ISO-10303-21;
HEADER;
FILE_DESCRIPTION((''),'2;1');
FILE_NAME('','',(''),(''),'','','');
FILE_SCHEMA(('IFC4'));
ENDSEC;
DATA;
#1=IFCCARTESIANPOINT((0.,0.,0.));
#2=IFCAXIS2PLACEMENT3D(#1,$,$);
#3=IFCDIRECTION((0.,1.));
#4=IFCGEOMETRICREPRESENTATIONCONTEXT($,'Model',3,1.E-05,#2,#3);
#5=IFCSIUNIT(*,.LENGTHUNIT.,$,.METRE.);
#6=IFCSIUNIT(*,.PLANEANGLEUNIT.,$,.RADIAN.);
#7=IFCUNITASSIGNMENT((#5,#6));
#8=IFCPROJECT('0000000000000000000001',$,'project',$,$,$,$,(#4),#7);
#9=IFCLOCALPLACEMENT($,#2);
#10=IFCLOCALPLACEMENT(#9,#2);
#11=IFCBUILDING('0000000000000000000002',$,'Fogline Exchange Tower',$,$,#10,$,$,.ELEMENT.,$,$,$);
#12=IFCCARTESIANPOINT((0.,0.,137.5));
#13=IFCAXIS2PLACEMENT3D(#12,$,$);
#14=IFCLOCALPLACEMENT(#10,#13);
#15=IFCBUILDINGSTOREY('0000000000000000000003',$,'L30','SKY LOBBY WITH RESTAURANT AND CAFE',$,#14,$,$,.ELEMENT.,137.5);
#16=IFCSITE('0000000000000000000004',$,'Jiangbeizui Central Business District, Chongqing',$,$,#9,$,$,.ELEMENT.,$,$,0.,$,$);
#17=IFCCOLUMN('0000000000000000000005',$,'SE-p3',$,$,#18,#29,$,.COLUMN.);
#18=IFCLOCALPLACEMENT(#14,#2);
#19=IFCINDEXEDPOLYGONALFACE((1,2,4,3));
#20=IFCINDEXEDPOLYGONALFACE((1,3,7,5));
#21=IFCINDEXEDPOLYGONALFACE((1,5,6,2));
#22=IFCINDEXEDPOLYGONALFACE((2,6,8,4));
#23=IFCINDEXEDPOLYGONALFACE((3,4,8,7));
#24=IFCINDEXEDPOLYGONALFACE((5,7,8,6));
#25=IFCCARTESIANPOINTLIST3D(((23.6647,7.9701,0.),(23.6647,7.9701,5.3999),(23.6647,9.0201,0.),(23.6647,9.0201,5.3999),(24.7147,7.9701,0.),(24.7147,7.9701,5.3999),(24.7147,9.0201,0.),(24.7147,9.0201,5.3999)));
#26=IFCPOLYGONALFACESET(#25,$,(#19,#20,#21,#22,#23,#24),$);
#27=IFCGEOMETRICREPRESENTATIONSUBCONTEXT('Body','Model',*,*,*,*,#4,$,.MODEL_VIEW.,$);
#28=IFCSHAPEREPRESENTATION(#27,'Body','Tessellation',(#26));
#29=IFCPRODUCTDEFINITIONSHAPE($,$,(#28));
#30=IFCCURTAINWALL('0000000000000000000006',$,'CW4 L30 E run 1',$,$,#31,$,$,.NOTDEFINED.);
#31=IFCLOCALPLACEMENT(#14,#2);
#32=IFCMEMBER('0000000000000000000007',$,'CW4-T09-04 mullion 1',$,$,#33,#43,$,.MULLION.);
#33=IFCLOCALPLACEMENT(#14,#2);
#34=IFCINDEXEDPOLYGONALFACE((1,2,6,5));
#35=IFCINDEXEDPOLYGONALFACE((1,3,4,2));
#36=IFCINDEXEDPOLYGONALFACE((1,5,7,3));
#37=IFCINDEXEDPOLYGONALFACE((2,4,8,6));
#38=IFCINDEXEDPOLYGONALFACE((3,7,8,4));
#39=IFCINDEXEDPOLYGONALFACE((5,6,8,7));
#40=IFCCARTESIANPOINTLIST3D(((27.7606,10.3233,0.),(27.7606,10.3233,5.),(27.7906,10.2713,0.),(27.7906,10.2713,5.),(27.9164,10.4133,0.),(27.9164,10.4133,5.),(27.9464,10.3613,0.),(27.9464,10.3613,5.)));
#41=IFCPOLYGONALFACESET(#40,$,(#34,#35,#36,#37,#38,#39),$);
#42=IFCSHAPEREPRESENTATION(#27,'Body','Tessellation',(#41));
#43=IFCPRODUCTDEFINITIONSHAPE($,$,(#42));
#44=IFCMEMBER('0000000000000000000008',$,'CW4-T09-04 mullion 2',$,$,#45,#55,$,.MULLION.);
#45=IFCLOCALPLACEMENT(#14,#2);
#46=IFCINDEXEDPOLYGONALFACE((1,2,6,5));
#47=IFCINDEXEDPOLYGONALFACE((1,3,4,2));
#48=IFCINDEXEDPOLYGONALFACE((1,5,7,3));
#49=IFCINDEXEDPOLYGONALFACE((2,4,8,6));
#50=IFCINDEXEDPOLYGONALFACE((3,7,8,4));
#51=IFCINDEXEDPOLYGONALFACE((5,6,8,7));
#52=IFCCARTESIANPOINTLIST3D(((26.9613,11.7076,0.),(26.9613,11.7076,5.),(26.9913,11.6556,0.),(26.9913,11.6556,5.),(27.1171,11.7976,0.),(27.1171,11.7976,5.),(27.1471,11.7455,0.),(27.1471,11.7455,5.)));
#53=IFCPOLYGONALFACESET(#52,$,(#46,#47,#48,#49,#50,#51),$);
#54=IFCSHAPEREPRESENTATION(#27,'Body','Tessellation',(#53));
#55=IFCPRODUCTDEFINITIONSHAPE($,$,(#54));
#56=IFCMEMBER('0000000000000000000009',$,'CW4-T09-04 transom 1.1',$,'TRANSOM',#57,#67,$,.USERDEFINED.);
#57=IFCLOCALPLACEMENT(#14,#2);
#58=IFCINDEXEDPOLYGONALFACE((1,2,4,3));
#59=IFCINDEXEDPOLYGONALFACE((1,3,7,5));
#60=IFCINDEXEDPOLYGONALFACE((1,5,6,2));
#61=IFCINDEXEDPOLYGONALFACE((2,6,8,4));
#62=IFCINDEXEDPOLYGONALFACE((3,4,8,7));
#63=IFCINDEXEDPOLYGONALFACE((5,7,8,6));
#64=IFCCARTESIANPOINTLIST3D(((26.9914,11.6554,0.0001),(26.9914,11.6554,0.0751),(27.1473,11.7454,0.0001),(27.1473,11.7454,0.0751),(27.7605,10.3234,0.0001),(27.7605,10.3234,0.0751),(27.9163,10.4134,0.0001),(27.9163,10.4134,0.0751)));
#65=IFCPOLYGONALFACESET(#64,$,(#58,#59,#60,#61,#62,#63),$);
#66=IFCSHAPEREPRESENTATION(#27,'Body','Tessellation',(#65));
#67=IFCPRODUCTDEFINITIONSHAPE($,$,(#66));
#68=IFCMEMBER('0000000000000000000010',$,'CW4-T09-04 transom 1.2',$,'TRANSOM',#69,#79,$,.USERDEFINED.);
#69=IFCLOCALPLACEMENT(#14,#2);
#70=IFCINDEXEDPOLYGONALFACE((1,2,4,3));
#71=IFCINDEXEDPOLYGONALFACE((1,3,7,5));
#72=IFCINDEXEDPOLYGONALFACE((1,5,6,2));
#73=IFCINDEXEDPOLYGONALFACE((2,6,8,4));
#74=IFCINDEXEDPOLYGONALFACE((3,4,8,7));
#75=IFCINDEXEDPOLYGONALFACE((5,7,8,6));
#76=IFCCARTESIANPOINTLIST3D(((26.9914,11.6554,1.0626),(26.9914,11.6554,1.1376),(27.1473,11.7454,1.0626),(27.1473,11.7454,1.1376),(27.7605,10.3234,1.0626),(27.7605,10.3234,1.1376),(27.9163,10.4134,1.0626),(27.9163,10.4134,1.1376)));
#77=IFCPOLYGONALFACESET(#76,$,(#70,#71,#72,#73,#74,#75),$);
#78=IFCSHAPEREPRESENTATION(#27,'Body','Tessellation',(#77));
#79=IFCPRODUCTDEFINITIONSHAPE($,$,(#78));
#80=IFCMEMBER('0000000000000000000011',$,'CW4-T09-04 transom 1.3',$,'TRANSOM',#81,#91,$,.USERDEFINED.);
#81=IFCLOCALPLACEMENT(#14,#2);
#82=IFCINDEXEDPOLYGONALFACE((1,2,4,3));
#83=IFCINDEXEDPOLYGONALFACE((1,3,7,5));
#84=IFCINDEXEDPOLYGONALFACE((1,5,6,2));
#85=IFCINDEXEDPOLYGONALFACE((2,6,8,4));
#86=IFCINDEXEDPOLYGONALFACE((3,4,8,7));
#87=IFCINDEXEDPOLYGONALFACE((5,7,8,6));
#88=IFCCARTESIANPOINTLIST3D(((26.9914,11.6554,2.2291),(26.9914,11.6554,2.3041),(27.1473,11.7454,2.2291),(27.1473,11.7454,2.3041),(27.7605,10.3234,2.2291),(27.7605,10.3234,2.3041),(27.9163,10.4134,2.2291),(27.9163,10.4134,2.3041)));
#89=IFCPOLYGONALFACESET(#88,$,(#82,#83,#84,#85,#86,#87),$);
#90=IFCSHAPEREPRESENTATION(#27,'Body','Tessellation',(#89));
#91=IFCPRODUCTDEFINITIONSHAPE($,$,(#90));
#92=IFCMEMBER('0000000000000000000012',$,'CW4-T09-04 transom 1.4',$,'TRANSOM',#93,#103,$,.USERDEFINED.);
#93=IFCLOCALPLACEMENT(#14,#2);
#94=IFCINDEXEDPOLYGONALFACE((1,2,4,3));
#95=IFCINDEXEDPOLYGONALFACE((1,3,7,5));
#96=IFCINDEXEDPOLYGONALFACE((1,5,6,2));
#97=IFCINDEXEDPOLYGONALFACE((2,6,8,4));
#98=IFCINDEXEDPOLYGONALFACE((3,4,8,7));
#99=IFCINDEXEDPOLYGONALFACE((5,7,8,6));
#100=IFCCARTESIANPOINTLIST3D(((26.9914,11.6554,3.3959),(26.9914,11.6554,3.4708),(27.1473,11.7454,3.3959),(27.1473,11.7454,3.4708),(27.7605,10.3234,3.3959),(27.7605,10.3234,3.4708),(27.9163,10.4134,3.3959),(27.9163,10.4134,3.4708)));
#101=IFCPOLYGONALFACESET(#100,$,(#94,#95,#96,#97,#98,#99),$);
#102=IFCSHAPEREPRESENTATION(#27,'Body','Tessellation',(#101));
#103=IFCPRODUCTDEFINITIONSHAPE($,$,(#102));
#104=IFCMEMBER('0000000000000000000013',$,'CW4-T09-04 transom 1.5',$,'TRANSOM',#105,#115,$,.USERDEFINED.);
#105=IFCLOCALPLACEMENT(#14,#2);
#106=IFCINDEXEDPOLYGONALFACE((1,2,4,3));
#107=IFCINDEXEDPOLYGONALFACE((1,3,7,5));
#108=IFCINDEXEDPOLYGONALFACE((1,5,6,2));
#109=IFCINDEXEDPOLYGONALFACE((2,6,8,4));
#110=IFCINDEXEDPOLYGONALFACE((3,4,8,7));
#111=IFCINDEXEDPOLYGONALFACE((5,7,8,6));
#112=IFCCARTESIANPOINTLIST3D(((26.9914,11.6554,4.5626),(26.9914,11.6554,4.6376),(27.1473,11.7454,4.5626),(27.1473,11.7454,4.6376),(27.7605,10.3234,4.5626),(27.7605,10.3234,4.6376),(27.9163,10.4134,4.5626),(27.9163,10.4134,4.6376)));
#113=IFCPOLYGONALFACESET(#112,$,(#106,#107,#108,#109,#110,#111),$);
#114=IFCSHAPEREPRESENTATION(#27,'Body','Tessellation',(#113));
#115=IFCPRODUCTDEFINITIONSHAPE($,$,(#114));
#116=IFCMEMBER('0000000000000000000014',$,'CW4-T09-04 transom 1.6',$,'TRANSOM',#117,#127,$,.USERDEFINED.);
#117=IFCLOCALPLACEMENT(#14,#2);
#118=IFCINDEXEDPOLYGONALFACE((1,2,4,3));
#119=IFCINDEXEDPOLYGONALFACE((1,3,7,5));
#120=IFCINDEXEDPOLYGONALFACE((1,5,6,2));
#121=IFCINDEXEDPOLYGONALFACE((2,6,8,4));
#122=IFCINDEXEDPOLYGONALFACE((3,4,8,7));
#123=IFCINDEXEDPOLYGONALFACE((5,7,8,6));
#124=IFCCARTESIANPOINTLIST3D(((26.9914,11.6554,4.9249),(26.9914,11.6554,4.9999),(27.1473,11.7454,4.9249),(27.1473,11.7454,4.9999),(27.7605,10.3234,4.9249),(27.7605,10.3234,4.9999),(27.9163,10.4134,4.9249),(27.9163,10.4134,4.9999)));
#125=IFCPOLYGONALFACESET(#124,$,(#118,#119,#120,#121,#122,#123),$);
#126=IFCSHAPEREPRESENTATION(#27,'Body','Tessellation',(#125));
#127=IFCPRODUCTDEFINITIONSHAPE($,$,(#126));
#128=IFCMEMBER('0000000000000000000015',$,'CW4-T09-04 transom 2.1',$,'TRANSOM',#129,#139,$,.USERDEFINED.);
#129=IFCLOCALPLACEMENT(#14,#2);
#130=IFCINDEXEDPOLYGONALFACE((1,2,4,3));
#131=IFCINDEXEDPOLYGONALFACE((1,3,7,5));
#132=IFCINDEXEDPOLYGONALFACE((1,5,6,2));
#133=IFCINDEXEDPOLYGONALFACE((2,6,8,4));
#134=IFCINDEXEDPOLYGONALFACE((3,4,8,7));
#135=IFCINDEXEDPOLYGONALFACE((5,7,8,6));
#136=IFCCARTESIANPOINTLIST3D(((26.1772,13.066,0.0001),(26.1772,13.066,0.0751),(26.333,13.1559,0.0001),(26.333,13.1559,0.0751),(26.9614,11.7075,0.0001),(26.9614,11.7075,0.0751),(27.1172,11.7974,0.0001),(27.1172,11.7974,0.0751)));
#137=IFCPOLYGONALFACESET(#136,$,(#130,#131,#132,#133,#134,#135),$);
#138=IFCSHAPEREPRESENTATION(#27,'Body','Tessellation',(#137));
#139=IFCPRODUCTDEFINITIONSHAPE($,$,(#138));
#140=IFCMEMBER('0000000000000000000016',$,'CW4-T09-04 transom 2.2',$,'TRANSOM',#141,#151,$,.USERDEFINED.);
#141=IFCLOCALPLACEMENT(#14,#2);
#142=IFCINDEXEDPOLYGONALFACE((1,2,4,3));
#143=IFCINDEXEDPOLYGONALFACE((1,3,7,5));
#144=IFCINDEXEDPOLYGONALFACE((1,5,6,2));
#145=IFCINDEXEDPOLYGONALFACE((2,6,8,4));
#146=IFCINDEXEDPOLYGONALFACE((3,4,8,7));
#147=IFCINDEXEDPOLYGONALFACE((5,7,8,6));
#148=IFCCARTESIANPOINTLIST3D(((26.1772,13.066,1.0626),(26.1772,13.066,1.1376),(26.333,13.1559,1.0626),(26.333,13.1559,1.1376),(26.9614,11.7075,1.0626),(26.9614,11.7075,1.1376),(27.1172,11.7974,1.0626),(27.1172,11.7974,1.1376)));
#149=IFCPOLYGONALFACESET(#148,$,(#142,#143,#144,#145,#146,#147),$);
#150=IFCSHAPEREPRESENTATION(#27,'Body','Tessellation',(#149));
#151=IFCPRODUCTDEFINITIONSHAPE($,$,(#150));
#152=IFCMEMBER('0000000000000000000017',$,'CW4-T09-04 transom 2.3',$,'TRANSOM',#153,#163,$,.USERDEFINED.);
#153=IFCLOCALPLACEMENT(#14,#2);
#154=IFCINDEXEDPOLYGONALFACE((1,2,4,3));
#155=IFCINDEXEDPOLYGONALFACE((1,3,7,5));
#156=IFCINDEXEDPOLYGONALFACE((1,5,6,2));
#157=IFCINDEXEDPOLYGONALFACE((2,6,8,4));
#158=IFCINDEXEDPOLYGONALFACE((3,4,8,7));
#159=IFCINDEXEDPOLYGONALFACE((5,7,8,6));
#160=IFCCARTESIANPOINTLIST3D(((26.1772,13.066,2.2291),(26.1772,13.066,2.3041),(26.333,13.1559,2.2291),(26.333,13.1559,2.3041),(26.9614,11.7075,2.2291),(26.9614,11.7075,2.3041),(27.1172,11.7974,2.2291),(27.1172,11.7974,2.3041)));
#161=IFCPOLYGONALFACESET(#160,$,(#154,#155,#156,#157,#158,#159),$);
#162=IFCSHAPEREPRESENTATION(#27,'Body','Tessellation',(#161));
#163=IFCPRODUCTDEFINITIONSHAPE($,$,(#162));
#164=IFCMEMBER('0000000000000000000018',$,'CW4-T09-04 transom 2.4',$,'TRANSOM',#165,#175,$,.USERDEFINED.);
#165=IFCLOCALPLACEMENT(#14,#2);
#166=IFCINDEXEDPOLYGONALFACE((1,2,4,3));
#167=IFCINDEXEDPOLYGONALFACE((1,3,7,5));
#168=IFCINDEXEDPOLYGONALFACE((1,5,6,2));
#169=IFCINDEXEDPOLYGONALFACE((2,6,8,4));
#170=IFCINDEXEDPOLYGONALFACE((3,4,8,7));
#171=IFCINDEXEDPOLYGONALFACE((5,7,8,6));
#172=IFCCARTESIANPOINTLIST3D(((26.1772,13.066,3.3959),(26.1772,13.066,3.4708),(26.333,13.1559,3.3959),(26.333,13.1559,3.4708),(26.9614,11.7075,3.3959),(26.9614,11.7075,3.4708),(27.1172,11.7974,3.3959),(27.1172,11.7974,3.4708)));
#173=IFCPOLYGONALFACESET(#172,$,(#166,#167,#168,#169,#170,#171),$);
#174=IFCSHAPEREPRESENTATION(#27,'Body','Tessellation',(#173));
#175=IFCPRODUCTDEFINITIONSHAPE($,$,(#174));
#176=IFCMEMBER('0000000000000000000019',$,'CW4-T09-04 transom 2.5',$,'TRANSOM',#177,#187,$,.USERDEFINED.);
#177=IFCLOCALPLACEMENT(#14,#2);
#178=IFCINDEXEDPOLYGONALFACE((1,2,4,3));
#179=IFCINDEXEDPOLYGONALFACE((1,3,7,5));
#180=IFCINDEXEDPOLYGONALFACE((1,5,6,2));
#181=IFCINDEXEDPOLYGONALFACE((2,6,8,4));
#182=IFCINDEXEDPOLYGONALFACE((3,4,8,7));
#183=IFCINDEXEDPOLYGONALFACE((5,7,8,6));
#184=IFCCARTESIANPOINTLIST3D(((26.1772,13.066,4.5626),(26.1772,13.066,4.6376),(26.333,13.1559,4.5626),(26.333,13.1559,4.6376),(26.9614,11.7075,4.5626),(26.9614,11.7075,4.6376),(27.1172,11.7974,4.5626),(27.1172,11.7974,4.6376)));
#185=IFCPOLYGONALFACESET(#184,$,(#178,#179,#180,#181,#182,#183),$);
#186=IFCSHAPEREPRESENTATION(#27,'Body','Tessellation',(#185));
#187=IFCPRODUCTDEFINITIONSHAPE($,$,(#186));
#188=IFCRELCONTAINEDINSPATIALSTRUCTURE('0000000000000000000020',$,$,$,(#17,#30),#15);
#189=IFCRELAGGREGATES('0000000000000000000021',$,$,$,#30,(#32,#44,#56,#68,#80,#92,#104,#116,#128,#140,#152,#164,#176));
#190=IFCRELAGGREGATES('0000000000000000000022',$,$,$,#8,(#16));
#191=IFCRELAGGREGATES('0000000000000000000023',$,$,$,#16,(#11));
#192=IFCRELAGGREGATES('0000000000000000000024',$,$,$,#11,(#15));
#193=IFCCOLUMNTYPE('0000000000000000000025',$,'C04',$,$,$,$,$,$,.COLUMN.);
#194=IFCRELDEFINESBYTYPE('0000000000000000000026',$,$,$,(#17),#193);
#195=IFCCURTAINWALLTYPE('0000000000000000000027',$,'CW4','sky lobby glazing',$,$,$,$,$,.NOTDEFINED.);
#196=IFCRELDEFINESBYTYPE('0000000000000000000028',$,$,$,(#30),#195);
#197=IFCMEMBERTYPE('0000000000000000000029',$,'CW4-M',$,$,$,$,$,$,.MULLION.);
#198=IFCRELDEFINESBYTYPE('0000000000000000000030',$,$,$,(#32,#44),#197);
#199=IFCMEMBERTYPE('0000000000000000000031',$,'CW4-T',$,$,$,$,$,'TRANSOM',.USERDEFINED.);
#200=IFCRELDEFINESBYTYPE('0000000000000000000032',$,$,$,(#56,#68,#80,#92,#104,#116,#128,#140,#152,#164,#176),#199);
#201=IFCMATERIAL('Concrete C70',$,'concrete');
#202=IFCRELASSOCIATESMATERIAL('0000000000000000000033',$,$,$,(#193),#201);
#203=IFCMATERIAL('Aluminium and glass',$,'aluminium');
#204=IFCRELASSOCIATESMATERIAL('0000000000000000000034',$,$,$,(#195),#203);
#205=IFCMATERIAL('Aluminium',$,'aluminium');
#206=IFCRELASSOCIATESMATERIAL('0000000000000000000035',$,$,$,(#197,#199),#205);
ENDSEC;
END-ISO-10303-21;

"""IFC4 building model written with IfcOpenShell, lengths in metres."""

from ifc_helpers import new_model, si_unit, direction, frame, origin, origin_2d, place, context, subcontext, project, spatial, rectangle, extrude, material, material_profile, profile_set, type_object, element, aggregate, save


model = new_model("IFC4")

# Units and contexts
model_context = context("Model", 3, precision=1e-05, world=origin(), true_north=direction((0.0, 1.0)))
body_context = subcontext(model_context, "Body", "Model", "MODEL_VIEW")
ifc_project = project(units=[si_unit("LENGTHUNIT", "METRE"), si_unit("PLANEANGLEUNIT", "RADIAN")], contexts=[model_context])

# Site, building, storey
site_placement = place(None, origin())
site = spatial("IfcSite", under=ifc_project, at=site_placement, Name="Jiangbeizui Central Business District, Chongqing", CompositionType="ELEMENT", RefElevation=0.0)
building_placement = place(site_placement, origin())
building = spatial("IfcBuilding", under=site, at=building_placement, Name="Fogline Exchange Tower", CompositionType="ELEMENT")
storey_placement = place(building_placement, frame((0.0, 0.0, 137.5)))
storey = spatial("IfcBuildingStorey", under=building, at=storey_placement, Name="L30", Description="SKY LOBBY WITH RESTAURANT AND CAFE", CompositionType="ELEMENT", Elevation=137.5)

# Column
ifc_material_1 = material(Name="Concrete C70", Category="concrete")
ifc_material_profile_1 = material_profile(ifc_material_1, rectangle(XDim=1.05, YDim=1.05, at=origin_2d()), Name="RC 1050x1050")
ifc_profile_set_1 = profile_set([ifc_material_profile_1], Name="Concrete C70")
column_type = type_object("IfcColumnType", Name="C04", PredefinedType="COLUMN", material=ifc_profile_set_1)
column_placement = place(storey_placement, frame((24.1897, 8.4951, 0.0), z_axis=(0.0, 0.0, 1.0), x_axis=(1.0, 0.0, 0.0)))
element("IfcColumn", 1, at=column_placement, inside=storey, type_object=column_type, Name="SE-p3", PredefinedType="COLUMN", context=body_context, shape_type="SweptSolid", body=[
    extrude(rectangle(XDim=1.05, YDim=1.05, at=origin_2d()), origin(), (0.0, 0.0, 1.0), 5.3999),
])

# Curtain wall, members
ifc_material_2 = material(Name="Aluminium and glass", Category="aluminium")
curtain_wall_type = type_object("IfcCurtainWallType", Name="CW4", Description="sky lobby glazing", PredefinedType="NOTDEFINED", material=ifc_material_2)
curtain_wall_placement = place(storey_placement, origin())
curtain_wall = element("IfcCurtainWall", 2, at=curtain_wall_placement, inside=storey, type_object=curtain_wall_type, Name="CW4 L30 E run 1", PredefinedType="NOTDEFINED")
ifc_material_3 = material(Name="Aluminium", Category="aluminium")
ifc_material_profile_2 = material_profile(ifc_material_3, rectangle(XDim=0.1799, YDim=0.0601, at=origin_2d()), Name="Mullion 60x180")
ifc_profile_set_2 = profile_set([ifc_material_profile_2], Name="Aluminium")
member_type_1 = type_object("IfcMemberType", Name="CW4-M", PredefinedType="MULLION", material=ifc_profile_set_2)
member_1_placement = place(storey_placement, frame((27.8535, 10.3423, 0.0), z_axis=(0.0, 0.0, 1.0), x_axis=(-0.866026, -0.499999, 0.0)))
member_1 = element("IfcMember", 3, at=member_1_placement, type_object=member_type_1, Name="CW4-T09-04 mullion 1", PredefinedType="MULLION", context=body_context, shape_type="SweptSolid", body=[
    extrude(rectangle(XDim=0.1799, YDim=0.0601, at=origin_2d()), origin(), (0.0, 0.0, 1.0), 5.0),
])
member_2_placement = place(storey_placement, frame((27.0542, 11.7266, 0.0), z_axis=(0.0, 0.0, 1.0), x_axis=(-0.866026, -0.499999, 0.0)))
member_2 = element("IfcMember", 4, at=member_2_placement, type_object=member_type_1, Name="CW4-T09-04 mullion 2", PredefinedType="MULLION", context=body_context, shape_type="SweptSolid", body=[
    extrude(rectangle(XDim=0.1799, YDim=0.0601, at=origin_2d()), origin(), (0.0, 0.0, 1.0), 5.0),
])
ifc_material_profile_3 = material_profile(ifc_material_3, rectangle(XDim=0.1799, YDim=0.075, at=origin_2d()), Name="Transom 75x180")
ifc_profile_set_3 = profile_set([ifc_material_profile_3], Name="Aluminium")
member_type_2 = type_object("IfcMemberType", Name="CW4-T", ElementType="TRANSOM", PredefinedType="USERDEFINED", material=ifc_profile_set_3)
member_3_placement = place(storey_placement, frame((27.8384, 10.3684, 0.0376), z_axis=(-0.499997, 0.866027, 0.0), x_axis=(-0.866027, -0.499997, 0.0)))
member_3 = element("IfcMember", 5, at=member_3_placement, type_object=member_type_2, Name="CW4-T09-04 transom 1.1", ObjectType="TRANSOM", PredefinedType="USERDEFINED", context=body_context, shape_type="SweptSolid", body=[
    extrude(rectangle(XDim=0.1799, YDim=0.075, at=origin_2d()), origin(), (0.0, 0.0, 1.0), 1.5381),
])
member_4_placement = place(storey_placement, frame((27.8384, 10.3684, 1.1001), z_axis=(-0.499997, 0.866027, 0.0), x_axis=(-0.866027, -0.499997, 0.0)))
member_4 = element("IfcMember", 6, at=member_4_placement, type_object=member_type_2, Name="CW4-T09-04 transom 1.2", ObjectType="TRANSOM", PredefinedType="USERDEFINED", context=body_context, shape_type="SweptSolid", body=[
    extrude(rectangle(XDim=0.1799, YDim=0.075, at=origin_2d()), origin(), (0.0, 0.0, 1.0), 1.5381),
])
member_5_placement = place(storey_placement, frame((27.8384, 10.3684, 2.2666), z_axis=(-0.499997, 0.866027, 0.0), x_axis=(-0.866027, -0.499997, 0.0)))
member_5 = element("IfcMember", 7, at=member_5_placement, type_object=member_type_2, Name="CW4-T09-04 transom 1.3", ObjectType="TRANSOM", PredefinedType="USERDEFINED", context=body_context, shape_type="SweptSolid", body=[
    extrude(rectangle(XDim=0.1799, YDim=0.075, at=origin_2d()), origin(), (0.0, 0.0, 1.0), 1.5381),
])
member_6_placement = place(storey_placement, frame((27.8384, 10.3684, 3.4333), z_axis=(-0.499997, 0.866027, 0.0), x_axis=(-0.866027, -0.499997, 0.0)))
member_6 = element("IfcMember", 8, at=member_6_placement, type_object=member_type_2, Name="CW4-T09-04 transom 1.4", ObjectType="TRANSOM", PredefinedType="USERDEFINED", context=body_context, shape_type="SweptSolid", body=[
    extrude(rectangle(XDim=0.1799, YDim=0.075, at=origin_2d()), origin(), (0.0, 0.0, 1.0), 1.5381),
])
member_7_placement = place(storey_placement, frame((27.8384, 10.3684, 4.6001), z_axis=(-0.499997, 0.866027, 0.0), x_axis=(-0.866027, -0.499997, 0.0)))
member_7 = element("IfcMember", 9, at=member_7_placement, type_object=member_type_2, Name="CW4-T09-04 transom 1.5", ObjectType="TRANSOM", PredefinedType="USERDEFINED", context=body_context, shape_type="SweptSolid", body=[
    extrude(rectangle(XDim=0.1799, YDim=0.075, at=origin_2d()), origin(), (0.0, 0.0, 1.0), 1.5381),
])
member_8_placement = place(storey_placement, frame((27.8384, 10.3684, 4.9624), z_axis=(-0.499997, 0.866027, 0.0), x_axis=(-0.866027, -0.499997, 0.0)))
member_8 = element("IfcMember", 10, at=member_8_placement, type_object=member_type_2, Name="CW4-T09-04 transom 1.6", ObjectType="TRANSOM", PredefinedType="USERDEFINED", context=body_context, shape_type="SweptSolid", body=[
    extrude(rectangle(XDim=0.1799, YDim=0.075, at=origin_2d()), origin(), (0.0, 0.0, 1.0), 1.5381),
])
member_9_placement = place(storey_placement, frame((27.0393, 11.7524, 0.0376), z_axis=(-0.499956, 0.866051, 0.0), x_axis=(-0.866051, -0.499956, 0.0)))
member_9 = element("IfcMember", 11, at=member_9_placement, type_object=member_type_2, Name="CW4-T09-04 transom 2.1", ObjectType="TRANSOM", PredefinedType="USERDEFINED", context=body_context, shape_type="SweptSolid", body=[
    extrude(rectangle(XDim=0.1799, YDim=0.075, at=origin_2d()), origin(), (0.0, 0.0, 1.0), 1.5686),
])
member_10_placement = place(storey_placement, frame((27.0393, 11.7524, 1.1001), z_axis=(-0.499956, 0.866051, 0.0), x_axis=(-0.866051, -0.499956, 0.0)))
member_10 = element("IfcMember", 12, at=member_10_placement, type_object=member_type_2, Name="CW4-T09-04 transom 2.2", ObjectType="TRANSOM", PredefinedType="USERDEFINED", context=body_context, shape_type="SweptSolid", body=[
    extrude(rectangle(XDim=0.1799, YDim=0.075, at=origin_2d()), origin(), (0.0, 0.0, 1.0), 1.5686),
])
member_11_placement = place(storey_placement, frame((27.0393, 11.7524, 2.2666), z_axis=(-0.499956, 0.866051, 0.0), x_axis=(-0.866051, -0.499956, 0.0)))
member_11 = element("IfcMember", 13, at=member_11_placement, type_object=member_type_2, Name="CW4-T09-04 transom 2.3", ObjectType="TRANSOM", PredefinedType="USERDEFINED", context=body_context, shape_type="SweptSolid", body=[
    extrude(rectangle(XDim=0.1799, YDim=0.075, at=origin_2d()), origin(), (0.0, 0.0, 1.0), 1.5686),
])
member_12_placement = place(storey_placement, frame((27.0393, 11.7524, 3.4333), z_axis=(-0.499956, 0.866051, 0.0), x_axis=(-0.866051, -0.499956, 0.0)))
member_12 = element("IfcMember", 14, at=member_12_placement, type_object=member_type_2, Name="CW4-T09-04 transom 2.4", ObjectType="TRANSOM", PredefinedType="USERDEFINED", context=body_context, shape_type="SweptSolid", body=[
    extrude(rectangle(XDim=0.1799, YDim=0.075, at=origin_2d()), origin(), (0.0, 0.0, 1.0), 1.5686),
])
member_13_placement = place(storey_placement, frame((27.0393, 11.7524, 4.6001), z_axis=(-0.499956, 0.866051, 0.0), x_axis=(-0.866051, -0.499956, 0.0)))
member_13 = element("IfcMember", 15, at=member_13_placement, type_object=member_type_2, Name="CW4-T09-04 transom 2.5", ObjectType="TRANSOM", PredefinedType="USERDEFINED", context=body_context, shape_type="SweptSolid", body=[
    extrude(rectangle(XDim=0.1799, YDim=0.075, at=origin_2d()), origin(), (0.0, 0.0, 1.0), 1.5686),
])
aggregate(curtain_wall, [member_1, member_2, member_3, member_4, member_5, member_6, member_7, member_8, member_9, member_10, member_11, member_12, member_13])

save(model, "model.ifc")
